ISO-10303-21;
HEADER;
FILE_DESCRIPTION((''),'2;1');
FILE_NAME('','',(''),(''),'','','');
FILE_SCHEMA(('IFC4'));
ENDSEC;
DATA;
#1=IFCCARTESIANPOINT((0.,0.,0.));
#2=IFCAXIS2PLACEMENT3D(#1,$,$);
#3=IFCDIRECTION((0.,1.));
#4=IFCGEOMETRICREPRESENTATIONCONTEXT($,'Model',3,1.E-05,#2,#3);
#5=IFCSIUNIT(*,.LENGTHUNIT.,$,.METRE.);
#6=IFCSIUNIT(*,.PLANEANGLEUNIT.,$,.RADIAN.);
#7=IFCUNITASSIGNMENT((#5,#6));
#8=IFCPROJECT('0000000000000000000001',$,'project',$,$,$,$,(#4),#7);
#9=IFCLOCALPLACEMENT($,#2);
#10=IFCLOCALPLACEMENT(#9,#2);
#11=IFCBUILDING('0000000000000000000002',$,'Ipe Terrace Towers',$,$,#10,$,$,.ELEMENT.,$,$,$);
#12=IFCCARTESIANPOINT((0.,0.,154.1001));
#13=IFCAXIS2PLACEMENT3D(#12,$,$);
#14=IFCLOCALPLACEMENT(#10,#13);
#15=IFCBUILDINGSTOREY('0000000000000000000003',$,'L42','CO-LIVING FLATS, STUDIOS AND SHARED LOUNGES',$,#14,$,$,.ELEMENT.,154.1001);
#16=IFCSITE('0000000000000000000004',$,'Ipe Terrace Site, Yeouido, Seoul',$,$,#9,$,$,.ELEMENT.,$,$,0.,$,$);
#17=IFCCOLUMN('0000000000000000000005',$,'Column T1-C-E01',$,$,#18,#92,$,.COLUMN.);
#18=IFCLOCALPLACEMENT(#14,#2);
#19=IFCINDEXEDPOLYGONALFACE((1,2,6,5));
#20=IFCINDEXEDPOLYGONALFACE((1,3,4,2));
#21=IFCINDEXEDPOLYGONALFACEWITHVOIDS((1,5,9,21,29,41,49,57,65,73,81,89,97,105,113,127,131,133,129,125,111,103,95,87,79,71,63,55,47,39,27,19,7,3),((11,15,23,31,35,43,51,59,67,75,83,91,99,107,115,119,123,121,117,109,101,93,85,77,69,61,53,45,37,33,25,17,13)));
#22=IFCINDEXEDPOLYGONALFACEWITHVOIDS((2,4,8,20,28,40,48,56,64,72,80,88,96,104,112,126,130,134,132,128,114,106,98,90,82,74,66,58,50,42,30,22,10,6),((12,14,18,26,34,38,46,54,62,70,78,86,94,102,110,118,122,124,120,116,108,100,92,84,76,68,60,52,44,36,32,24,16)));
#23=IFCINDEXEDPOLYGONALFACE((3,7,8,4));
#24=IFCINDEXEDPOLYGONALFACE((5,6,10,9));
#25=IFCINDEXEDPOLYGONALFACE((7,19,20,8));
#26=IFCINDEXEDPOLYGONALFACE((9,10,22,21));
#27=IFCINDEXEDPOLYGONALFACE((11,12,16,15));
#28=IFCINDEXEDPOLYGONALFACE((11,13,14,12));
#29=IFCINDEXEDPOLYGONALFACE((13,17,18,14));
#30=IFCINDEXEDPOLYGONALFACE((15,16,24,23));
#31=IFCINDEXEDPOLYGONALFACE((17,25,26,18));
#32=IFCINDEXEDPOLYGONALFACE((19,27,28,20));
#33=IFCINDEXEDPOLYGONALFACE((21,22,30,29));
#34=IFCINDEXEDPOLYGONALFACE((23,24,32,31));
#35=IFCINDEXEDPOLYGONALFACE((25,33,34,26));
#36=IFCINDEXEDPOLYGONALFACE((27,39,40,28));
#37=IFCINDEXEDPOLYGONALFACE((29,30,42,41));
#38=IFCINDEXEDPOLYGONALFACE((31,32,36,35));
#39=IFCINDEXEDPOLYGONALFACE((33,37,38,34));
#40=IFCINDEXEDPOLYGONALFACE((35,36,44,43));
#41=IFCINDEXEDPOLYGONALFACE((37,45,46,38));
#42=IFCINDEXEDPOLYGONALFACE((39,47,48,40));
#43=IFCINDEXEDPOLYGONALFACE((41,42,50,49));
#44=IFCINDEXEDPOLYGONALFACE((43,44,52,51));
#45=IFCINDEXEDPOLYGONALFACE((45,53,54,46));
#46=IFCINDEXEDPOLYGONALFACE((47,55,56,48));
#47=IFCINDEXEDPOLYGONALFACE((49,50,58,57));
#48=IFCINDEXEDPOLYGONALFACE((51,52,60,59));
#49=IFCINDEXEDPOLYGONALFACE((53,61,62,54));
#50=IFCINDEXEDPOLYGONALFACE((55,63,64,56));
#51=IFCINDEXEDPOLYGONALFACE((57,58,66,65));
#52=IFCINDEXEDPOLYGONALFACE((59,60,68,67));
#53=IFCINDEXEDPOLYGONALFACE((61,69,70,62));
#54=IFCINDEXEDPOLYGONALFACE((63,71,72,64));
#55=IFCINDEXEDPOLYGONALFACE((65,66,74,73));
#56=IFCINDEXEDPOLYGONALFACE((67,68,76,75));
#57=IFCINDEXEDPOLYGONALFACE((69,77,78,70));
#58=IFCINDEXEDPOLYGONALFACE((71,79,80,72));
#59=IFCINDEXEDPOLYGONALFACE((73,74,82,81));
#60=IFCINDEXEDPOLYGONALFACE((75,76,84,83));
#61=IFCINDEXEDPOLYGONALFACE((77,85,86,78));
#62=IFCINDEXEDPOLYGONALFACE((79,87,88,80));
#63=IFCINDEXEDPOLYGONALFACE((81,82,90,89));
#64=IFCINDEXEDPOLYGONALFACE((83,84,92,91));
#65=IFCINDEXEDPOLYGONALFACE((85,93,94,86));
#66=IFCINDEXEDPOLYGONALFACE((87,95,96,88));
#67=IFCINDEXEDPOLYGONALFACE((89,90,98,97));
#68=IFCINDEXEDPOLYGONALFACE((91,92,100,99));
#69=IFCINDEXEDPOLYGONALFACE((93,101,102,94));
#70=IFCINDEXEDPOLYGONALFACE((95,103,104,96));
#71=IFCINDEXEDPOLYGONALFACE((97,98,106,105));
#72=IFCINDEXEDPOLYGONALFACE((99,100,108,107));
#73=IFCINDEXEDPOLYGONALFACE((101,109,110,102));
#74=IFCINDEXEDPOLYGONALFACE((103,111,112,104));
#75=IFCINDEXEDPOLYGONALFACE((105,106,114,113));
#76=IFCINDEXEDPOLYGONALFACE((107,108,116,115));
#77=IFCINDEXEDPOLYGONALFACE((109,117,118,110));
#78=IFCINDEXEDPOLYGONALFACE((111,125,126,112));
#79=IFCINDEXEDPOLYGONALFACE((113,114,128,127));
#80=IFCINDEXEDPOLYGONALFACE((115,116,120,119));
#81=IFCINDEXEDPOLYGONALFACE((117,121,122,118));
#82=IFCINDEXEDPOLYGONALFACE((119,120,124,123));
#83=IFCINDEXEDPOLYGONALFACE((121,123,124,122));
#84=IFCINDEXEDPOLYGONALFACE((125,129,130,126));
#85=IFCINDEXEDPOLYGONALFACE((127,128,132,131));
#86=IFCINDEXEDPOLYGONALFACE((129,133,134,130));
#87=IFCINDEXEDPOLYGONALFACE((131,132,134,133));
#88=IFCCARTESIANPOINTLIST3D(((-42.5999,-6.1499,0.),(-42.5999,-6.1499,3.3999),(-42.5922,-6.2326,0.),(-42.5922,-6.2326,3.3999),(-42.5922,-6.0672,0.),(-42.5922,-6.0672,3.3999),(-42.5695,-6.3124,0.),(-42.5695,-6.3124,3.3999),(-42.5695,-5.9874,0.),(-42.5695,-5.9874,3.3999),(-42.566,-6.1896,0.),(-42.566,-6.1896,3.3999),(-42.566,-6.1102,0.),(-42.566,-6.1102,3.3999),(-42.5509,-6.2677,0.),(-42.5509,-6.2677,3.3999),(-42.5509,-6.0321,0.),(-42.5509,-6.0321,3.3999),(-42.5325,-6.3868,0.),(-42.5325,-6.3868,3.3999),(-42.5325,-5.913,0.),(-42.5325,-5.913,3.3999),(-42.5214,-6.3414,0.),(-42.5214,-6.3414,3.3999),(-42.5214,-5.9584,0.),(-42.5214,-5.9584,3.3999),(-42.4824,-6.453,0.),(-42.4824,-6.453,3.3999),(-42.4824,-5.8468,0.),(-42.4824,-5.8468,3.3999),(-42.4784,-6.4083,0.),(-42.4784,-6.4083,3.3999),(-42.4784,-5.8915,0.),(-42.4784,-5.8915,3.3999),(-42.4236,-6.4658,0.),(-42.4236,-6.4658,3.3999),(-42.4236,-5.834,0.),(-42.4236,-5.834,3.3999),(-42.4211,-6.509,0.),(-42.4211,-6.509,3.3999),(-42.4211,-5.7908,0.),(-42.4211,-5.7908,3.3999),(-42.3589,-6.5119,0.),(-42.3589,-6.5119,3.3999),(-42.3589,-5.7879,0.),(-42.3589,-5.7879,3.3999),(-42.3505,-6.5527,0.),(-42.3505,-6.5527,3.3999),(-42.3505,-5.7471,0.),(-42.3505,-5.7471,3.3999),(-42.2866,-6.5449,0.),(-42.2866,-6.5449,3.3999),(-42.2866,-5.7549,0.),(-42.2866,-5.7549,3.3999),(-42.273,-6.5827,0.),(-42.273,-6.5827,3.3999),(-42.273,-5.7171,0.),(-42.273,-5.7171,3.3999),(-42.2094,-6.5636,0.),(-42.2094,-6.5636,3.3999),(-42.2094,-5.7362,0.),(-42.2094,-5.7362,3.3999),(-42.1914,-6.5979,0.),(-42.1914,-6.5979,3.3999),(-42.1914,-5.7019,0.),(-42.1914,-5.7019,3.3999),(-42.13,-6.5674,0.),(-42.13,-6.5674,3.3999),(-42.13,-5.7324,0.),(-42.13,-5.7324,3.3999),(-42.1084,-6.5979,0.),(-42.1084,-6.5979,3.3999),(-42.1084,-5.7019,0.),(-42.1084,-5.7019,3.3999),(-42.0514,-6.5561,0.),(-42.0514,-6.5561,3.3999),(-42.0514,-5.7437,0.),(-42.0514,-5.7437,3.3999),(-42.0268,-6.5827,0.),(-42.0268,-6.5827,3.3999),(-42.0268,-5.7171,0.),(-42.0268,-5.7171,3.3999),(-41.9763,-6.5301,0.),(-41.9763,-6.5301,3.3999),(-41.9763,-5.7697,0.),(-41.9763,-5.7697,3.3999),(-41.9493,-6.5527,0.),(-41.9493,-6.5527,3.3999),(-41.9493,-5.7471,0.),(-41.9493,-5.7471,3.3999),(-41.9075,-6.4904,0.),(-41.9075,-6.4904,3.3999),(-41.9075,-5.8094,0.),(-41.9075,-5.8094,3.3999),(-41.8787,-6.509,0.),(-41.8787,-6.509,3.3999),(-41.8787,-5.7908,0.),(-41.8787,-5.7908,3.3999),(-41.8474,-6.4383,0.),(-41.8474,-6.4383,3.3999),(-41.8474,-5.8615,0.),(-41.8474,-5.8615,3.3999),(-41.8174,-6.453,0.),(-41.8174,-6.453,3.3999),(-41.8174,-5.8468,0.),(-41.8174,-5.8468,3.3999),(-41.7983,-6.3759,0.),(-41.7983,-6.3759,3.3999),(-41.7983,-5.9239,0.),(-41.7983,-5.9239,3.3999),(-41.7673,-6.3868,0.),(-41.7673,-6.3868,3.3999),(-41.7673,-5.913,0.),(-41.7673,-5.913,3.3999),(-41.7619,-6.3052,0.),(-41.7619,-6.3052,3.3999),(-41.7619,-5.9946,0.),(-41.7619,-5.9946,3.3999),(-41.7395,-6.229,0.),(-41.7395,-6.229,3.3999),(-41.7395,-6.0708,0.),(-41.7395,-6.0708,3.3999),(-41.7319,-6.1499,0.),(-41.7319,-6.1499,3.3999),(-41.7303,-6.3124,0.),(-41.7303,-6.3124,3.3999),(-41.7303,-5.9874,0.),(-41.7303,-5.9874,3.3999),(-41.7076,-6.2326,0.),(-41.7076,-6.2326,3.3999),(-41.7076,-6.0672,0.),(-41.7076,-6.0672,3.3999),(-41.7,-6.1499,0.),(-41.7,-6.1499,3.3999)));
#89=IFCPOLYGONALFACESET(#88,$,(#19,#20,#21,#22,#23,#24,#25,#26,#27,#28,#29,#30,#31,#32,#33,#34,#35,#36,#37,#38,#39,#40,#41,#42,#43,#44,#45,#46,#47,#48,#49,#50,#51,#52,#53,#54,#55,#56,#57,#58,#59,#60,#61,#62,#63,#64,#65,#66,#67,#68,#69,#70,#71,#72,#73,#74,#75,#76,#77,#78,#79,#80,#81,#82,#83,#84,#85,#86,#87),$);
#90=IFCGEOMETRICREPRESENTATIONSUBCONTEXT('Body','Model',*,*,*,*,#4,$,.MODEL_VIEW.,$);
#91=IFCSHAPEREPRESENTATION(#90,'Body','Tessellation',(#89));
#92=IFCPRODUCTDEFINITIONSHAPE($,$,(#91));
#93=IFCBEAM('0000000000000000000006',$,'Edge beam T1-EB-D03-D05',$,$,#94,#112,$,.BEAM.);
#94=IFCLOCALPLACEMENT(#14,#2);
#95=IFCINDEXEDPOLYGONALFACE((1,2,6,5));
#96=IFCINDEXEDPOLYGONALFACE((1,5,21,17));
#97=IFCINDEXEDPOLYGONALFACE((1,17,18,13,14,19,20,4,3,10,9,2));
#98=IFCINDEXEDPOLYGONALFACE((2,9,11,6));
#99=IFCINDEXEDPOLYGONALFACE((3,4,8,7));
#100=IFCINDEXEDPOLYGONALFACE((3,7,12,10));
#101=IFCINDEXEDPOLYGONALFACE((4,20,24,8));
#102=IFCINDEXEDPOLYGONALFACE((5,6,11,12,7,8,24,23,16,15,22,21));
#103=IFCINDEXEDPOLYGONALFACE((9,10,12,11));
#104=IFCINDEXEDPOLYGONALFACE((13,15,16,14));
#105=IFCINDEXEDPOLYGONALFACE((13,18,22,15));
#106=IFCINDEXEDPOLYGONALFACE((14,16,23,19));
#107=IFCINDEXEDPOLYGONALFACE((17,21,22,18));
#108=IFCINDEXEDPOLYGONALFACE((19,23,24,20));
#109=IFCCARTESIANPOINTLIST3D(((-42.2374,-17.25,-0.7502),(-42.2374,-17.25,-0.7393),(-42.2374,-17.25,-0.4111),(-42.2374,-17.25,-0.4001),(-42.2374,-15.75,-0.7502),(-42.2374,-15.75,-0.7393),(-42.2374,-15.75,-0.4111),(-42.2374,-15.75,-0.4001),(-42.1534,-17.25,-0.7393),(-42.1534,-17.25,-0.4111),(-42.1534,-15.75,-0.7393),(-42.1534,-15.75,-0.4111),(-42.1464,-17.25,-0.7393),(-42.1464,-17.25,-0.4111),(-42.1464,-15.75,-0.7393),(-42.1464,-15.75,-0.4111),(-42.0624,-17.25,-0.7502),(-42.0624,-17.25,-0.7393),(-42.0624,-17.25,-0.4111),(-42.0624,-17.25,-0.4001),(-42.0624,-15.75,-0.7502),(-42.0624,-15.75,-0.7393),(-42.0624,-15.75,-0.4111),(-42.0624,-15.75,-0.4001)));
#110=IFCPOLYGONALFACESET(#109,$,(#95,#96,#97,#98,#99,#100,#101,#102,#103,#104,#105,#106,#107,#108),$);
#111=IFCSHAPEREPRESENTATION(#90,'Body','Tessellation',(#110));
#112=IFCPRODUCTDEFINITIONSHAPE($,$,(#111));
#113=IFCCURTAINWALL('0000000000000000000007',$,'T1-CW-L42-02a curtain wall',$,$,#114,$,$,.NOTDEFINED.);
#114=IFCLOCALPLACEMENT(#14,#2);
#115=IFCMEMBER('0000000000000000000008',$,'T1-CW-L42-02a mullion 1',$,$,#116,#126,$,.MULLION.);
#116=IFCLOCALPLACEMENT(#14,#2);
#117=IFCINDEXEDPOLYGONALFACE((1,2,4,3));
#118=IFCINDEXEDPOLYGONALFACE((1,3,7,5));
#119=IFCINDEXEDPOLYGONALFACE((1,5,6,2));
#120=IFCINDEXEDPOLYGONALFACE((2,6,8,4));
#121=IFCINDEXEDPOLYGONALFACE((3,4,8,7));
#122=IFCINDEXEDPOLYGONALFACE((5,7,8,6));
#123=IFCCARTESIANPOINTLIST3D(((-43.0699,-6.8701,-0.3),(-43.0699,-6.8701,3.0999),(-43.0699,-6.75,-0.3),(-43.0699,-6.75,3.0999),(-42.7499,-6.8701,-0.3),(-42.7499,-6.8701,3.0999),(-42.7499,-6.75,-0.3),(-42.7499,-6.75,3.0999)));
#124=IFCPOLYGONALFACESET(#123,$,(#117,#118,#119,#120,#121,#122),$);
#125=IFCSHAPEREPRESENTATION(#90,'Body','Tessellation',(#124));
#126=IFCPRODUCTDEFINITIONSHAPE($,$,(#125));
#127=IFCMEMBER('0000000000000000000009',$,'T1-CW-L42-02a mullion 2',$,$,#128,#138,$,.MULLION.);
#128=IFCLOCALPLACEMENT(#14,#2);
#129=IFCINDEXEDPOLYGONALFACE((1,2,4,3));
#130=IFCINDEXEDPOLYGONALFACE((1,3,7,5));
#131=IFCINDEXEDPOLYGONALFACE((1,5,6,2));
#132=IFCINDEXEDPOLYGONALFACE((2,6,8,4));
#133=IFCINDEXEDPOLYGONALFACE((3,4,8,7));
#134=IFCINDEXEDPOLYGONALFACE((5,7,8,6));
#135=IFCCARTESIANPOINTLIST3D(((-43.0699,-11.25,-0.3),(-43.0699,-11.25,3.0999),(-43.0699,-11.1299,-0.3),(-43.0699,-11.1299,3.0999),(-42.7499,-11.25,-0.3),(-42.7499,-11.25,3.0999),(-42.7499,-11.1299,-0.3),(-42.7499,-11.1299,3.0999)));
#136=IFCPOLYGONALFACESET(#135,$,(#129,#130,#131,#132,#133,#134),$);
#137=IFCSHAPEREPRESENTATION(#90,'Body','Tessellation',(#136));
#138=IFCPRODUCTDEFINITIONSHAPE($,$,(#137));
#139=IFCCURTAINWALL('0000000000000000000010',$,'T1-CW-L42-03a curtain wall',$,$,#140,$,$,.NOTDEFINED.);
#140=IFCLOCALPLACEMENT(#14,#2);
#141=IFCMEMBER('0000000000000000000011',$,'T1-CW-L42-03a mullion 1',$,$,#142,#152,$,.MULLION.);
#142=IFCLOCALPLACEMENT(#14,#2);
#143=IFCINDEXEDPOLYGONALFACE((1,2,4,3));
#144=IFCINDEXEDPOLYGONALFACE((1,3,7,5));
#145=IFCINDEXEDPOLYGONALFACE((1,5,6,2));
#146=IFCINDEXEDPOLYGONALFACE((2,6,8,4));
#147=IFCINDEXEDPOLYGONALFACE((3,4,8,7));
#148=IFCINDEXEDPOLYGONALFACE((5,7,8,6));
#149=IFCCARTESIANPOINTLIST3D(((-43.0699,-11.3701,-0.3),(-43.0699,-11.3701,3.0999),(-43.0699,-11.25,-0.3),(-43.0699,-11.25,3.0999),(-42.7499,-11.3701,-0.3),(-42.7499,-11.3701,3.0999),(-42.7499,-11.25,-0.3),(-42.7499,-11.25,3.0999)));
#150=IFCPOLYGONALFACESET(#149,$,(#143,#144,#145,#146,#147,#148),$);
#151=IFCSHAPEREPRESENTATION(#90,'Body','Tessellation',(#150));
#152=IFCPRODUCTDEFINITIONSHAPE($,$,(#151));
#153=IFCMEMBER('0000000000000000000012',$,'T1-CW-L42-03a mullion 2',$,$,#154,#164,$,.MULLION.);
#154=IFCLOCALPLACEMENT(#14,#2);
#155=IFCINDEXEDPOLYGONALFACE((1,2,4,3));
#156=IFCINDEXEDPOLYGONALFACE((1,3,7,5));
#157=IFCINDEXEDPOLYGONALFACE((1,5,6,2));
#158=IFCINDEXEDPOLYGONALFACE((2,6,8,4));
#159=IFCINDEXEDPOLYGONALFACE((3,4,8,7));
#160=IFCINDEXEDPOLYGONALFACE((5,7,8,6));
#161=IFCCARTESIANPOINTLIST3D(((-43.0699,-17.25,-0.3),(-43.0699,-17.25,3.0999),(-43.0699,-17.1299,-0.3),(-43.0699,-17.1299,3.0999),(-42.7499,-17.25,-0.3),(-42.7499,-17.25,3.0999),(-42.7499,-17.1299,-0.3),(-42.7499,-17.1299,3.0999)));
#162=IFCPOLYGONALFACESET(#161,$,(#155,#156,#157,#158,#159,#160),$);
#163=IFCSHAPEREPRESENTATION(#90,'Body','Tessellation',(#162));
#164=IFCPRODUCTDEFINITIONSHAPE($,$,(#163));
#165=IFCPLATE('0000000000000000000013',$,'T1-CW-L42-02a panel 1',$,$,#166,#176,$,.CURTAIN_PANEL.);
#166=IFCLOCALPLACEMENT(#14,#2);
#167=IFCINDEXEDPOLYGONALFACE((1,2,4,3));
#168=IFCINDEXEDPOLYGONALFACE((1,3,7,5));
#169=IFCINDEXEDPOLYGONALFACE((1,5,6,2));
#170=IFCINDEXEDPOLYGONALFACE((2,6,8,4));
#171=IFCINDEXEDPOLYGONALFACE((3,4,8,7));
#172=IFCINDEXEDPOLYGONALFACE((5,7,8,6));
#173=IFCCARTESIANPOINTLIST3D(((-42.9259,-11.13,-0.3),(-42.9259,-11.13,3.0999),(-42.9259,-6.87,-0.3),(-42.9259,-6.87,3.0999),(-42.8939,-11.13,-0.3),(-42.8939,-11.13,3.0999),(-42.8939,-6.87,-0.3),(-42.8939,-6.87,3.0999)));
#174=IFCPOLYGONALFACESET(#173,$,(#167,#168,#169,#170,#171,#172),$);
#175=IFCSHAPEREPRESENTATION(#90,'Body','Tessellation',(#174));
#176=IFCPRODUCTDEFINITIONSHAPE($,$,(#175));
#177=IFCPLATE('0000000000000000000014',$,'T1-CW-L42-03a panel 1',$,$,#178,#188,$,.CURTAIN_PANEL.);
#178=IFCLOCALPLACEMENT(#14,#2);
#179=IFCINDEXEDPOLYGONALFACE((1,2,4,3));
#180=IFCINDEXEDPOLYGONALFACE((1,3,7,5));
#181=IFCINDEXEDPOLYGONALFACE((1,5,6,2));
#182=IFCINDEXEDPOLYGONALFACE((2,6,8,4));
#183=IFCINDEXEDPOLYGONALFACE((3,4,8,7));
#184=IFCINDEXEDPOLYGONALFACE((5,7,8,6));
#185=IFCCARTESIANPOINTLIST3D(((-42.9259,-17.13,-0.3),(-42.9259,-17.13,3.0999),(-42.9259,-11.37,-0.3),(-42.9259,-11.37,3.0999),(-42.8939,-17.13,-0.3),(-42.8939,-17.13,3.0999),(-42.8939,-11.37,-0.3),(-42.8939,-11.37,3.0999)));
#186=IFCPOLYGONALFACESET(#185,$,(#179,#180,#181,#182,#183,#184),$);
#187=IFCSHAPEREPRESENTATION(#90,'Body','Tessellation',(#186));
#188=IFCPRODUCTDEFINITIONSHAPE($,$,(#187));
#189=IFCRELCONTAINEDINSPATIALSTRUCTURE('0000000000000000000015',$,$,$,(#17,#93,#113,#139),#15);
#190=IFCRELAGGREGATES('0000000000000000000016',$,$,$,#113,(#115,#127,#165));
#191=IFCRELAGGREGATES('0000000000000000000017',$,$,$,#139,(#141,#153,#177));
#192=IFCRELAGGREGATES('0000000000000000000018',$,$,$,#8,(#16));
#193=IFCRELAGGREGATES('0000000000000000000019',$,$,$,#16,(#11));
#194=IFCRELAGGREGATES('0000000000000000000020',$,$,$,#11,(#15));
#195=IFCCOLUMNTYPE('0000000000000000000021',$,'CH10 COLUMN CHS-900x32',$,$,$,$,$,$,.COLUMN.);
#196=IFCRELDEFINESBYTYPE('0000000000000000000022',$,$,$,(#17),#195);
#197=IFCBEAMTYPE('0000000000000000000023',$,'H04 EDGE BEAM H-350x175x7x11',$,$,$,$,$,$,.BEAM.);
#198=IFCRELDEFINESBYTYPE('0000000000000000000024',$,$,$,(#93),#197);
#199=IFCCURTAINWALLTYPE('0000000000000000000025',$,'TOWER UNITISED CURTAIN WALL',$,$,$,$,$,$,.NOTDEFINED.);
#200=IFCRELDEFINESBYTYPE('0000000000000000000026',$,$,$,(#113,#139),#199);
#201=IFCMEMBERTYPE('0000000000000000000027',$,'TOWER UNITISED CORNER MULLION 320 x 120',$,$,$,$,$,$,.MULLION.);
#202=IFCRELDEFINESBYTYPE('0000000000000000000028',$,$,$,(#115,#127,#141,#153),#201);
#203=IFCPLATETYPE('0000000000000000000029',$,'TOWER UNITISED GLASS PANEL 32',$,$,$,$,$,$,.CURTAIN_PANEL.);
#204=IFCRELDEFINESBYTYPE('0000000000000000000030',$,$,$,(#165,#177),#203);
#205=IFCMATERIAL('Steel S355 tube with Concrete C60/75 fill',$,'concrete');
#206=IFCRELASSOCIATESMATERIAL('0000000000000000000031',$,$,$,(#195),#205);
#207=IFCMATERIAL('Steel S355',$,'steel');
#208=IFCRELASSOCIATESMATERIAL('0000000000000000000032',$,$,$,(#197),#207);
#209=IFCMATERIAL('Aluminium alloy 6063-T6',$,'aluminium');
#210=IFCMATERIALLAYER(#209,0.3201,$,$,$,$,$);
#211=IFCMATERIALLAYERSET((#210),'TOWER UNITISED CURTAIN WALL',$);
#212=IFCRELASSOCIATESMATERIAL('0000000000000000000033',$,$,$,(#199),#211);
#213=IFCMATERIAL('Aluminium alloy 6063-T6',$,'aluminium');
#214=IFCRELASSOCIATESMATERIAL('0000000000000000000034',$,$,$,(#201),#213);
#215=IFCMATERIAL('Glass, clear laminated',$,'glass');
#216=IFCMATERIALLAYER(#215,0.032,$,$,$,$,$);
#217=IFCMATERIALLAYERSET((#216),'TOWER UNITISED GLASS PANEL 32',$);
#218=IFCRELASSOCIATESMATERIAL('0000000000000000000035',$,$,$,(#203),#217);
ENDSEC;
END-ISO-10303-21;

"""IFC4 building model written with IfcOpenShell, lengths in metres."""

from ifc_helpers import new_model, si_unit, direction, frame, origin, origin_2d, place, context, subcontext, project, spatial, rectangle, hollow_circle, i_section, extrude, material, layer, layer_set, material_profile, profile_set, type_object, element, aggregate, save


model = new_model("IFC4")

# Units and contexts
model_context = context("Model", 3, precision=1e-05, world=origin(), true_north=direction((0.0, 1.0)))
body_context = subcontext(model_context, "Body", "Model", "MODEL_VIEW")
ifc_project = project(units=[si_unit("LENGTHUNIT", "METRE"), si_unit("PLANEANGLEUNIT", "RADIAN")], contexts=[model_context])

# Site, building, storey
site_placement = place(None, origin())
site = spatial("IfcSite", under=ifc_project, at=site_placement, Name="Ipe Terrace Site, Yeouido, Seoul", CompositionType="ELEMENT", RefElevation=0.0)
building_placement = place(site_placement, origin())
building = spatial("IfcBuilding", under=site, at=building_placement, Name="Ipe Terrace Towers", CompositionType="ELEMENT")
storey_placement = place(building_placement, frame((0.0, 0.0, 154.1001)))
storey = spatial("IfcBuildingStorey", under=building, at=storey_placement, Name="L42", Description="CO-LIVING FLATS, STUDIOS AND SHARED LOUNGES", CompositionType="ELEMENT", Elevation=154.1001)

# Column
ifc_material_1 = material(Name="Steel S355 tube with Concrete C60/75 fill", Category="concrete")
ifc_material_profile_1 = material_profile(ifc_material_1, hollow_circle(Radius=0.45, WallThickness=0.032, at=origin_2d()), Name="CHS-900x32")
ifc_profile_set_1 = profile_set([ifc_material_profile_1], Name="Steel S355 tube with Concrete C60/75 fill")
column_type_1 = type_object("IfcColumnType", Name="CH10 COLUMN CHS-900x32", PredefinedType="COLUMN", material=ifc_profile_set_1)
column_placement = place(storey_placement, frame((-42.1499, -6.1499, 0.0), z_axis=(0.0, 0.0, 1.0), x_axis=(1.0, 0.0, 0.0)))
element("IfcColumn", 1, at=column_placement, inside=storey, type_object=column_type_1, Name="Column T1-C-E01", PredefinedType="COLUMN", context=body_context, shape_type="SweptSolid", body=[
    extrude(hollow_circle(Radius=0.45, WallThickness=0.032, at=origin_2d()), origin(), (0.0, 0.0, 1.0), 3.3999),
])

# Beam
ifc_material_2 = material(Name="Steel S355", Category="steel")
ifc_material_profile_2 = material_profile(ifc_material_2, i_section(OverallWidth=0.175, OverallDepth=0.3501, WebThickness=0.0071, FlangeThickness=0.011, at=origin_2d()), Name="H-350x175x7x11")
ifc_profile_set_2 = profile_set([ifc_material_profile_2], Name="Steel S355")
beam_type = type_object("IfcBeamType", Name="H04 EDGE BEAM H-350x175x7x11", PredefinedType="BEAM", material=ifc_profile_set_2)
beam_placement = place(storey_placement, frame((-42.1499, -15.75, -0.5752), z_axis=(0.0, -1.0, 0.0), x_axis=(1.0, 0.0, 0.0)))
element("IfcBeam", 2, at=beam_placement, inside=storey, type_object=beam_type, Name="Edge beam T1-EB-D03-D05", PredefinedType="BEAM", context=body_context, shape_type="SweptSolid", body=[
    extrude(i_section(OverallWidth=0.175, OverallDepth=0.3501, WebThickness=0.0071, FlangeThickness=0.011, at=origin_2d()), origin(), (0.0, 0.0, 1.0), 1.5),
])

# Curtain walls, members
ifc_material_3 = material(Name="Aluminium alloy 6063-T6", Category="aluminium")
ifc_layer_1 = layer(ifc_material_3, 0.3201)
ifc_layer_set_1 = layer_set([ifc_layer_1], Name="TOWER UNITISED CURTAIN WALL")
curtain_wall_type = type_object("IfcCurtainWallType", Name="TOWER UNITISED CURTAIN WALL", PredefinedType="NOTDEFINED", material=ifc_layer_set_1)
curtain_wall_1_placement = place(storey_placement, origin())
curtain_wall_1 = element("IfcCurtainWall", 3, at=curtain_wall_1_placement, inside=storey, type_object=curtain_wall_type, Name="T1-CW-L42-02a curtain wall", PredefinedType="NOTDEFINED")
ifc_material_4 = material(Name="Aluminium alloy 6063-T6", Category="aluminium")
ifc_material_profile_3 = material_profile(ifc_material_4, rectangle(XDim=0.3201, YDim=0.1201, at=origin_2d()), Name="TOWER UNITISED CORNER MULLION 320 x 120")
ifc_profile_set_3 = profile_set([ifc_material_profile_3], Name="Aluminium alloy 6063-T6")
member_type = type_object("IfcMemberType", Name="TOWER UNITISED CORNER MULLION 320 x 120", PredefinedType="MULLION", material=ifc_profile_set_3)
member_1_placement = place(storey_placement, frame((-42.9099, -6.8101, -0.3), z_axis=(0.0, 0.0, 1.0), x_axis=(-1.0, 0.0, 0.0)))
member_1 = element("IfcMember", 4, at=member_1_placement, type_object=member_type, Name="T1-CW-L42-02a mullion 1", PredefinedType="MULLION", context=body_context, shape_type="SweptSolid", body=[
    extrude(rectangle(XDim=0.3201, YDim=0.1201, at=origin_2d()), origin(), (0.0, 0.0, 1.0), 3.3999),
])
member_2_placement = place(storey_placement, frame((-42.9099, -11.1899, -0.3), z_axis=(0.0, 0.0, 1.0), x_axis=(-1.0, 0.0, 0.0)))
member_2 = element("IfcMember", 5, at=member_2_placement, type_object=member_type, Name="T1-CW-L42-02a mullion 2", PredefinedType="MULLION", context=body_context, shape_type="SweptSolid", body=[
    extrude(rectangle(XDim=0.3201, YDim=0.1201, at=origin_2d()), origin(), (0.0, 0.0, 1.0), 3.3999),
])
curtain_wall_2_placement = place(storey_placement, origin())
curtain_wall_2 = element("IfcCurtainWall", 6, at=curtain_wall_2_placement, inside=storey, type_object=curtain_wall_type, Name="T1-CW-L42-03a curtain wall", PredefinedType="NOTDEFINED")
member_3_placement = place(storey_placement, frame((-42.9099, -11.3101, -0.3), z_axis=(0.0, 0.0, 1.0), x_axis=(-1.0, 0.0, 0.0)))
member_3 = element("IfcMember", 7, at=member_3_placement, type_object=member_type, Name="T1-CW-L42-03a mullion 1", PredefinedType="MULLION", context=body_context, shape_type="SweptSolid", body=[
    extrude(rectangle(XDim=0.3201, YDim=0.1201, at=origin_2d()), origin(), (0.0, 0.0, 1.0), 3.3999),
])
member_4_placement = place(storey_placement, frame((-42.9099, -17.1899, -0.3), z_axis=(0.0, 0.0, 1.0), x_axis=(-1.0, 0.0, 0.0)))
member_4 = element("IfcMember", 8, at=member_4_placement, type_object=member_type, Name="T1-CW-L42-03a mullion 2", PredefinedType="MULLION", context=body_context, shape_type="SweptSolid", body=[
    extrude(rectangle(XDim=0.3201, YDim=0.1201, at=origin_2d()), origin(), (0.0, 0.0, 1.0), 3.3999),
])

# Plates
ifc_material_5 = material(Name="Glass, clear laminated", Category="glass")
ifc_layer_2 = layer(ifc_material_5, 0.032)
ifc_layer_set_2 = layer_set([ifc_layer_2], Name="TOWER UNITISED GLASS PANEL 32")
plate_type = type_object("IfcPlateType", Name="TOWER UNITISED GLASS PANEL 32", PredefinedType="CURTAIN_PANEL", material=ifc_layer_set_2)
plate_1_placement = place(storey_placement, frame((-42.9099, -9.0, -0.3), z_axis=(0.0, 0.0, 1.0), x_axis=(0.0, -1.0, 0.0)))
plate_1 = element("IfcPlate", 9, at=plate_1_placement, type_object=plate_type, Name="T1-CW-L42-02a panel 1", PredefinedType="CURTAIN_PANEL", context=body_context, shape_type="SweptSolid", body=[
    extrude(rectangle(XDim=4.26, YDim=0.032, at=origin_2d()), origin(), (0.0, 0.0, 1.0), 3.3999),
])
aggregate(curtain_wall_1, [member_1, member_2, plate_1])
plate_2_placement = place(storey_placement, frame((-42.9099, -14.25, -0.3), z_axis=(0.0, 0.0, 1.0), x_axis=(0.0, -1.0, 0.0)))
plate_2 = element("IfcPlate", 10, at=plate_2_placement, type_object=plate_type, Name="T1-CW-L42-03a panel 1", PredefinedType="CURTAIN_PANEL", context=body_context, shape_type="SweptSolid", body=[
    extrude(rectangle(XDim=5.76, YDim=0.032, at=origin_2d()), origin(), (0.0, 0.0, 1.0), 3.3999),
])
aggregate(curtain_wall_2, [member_3, member_4, plate_2])

save(model, "model.ifc")
